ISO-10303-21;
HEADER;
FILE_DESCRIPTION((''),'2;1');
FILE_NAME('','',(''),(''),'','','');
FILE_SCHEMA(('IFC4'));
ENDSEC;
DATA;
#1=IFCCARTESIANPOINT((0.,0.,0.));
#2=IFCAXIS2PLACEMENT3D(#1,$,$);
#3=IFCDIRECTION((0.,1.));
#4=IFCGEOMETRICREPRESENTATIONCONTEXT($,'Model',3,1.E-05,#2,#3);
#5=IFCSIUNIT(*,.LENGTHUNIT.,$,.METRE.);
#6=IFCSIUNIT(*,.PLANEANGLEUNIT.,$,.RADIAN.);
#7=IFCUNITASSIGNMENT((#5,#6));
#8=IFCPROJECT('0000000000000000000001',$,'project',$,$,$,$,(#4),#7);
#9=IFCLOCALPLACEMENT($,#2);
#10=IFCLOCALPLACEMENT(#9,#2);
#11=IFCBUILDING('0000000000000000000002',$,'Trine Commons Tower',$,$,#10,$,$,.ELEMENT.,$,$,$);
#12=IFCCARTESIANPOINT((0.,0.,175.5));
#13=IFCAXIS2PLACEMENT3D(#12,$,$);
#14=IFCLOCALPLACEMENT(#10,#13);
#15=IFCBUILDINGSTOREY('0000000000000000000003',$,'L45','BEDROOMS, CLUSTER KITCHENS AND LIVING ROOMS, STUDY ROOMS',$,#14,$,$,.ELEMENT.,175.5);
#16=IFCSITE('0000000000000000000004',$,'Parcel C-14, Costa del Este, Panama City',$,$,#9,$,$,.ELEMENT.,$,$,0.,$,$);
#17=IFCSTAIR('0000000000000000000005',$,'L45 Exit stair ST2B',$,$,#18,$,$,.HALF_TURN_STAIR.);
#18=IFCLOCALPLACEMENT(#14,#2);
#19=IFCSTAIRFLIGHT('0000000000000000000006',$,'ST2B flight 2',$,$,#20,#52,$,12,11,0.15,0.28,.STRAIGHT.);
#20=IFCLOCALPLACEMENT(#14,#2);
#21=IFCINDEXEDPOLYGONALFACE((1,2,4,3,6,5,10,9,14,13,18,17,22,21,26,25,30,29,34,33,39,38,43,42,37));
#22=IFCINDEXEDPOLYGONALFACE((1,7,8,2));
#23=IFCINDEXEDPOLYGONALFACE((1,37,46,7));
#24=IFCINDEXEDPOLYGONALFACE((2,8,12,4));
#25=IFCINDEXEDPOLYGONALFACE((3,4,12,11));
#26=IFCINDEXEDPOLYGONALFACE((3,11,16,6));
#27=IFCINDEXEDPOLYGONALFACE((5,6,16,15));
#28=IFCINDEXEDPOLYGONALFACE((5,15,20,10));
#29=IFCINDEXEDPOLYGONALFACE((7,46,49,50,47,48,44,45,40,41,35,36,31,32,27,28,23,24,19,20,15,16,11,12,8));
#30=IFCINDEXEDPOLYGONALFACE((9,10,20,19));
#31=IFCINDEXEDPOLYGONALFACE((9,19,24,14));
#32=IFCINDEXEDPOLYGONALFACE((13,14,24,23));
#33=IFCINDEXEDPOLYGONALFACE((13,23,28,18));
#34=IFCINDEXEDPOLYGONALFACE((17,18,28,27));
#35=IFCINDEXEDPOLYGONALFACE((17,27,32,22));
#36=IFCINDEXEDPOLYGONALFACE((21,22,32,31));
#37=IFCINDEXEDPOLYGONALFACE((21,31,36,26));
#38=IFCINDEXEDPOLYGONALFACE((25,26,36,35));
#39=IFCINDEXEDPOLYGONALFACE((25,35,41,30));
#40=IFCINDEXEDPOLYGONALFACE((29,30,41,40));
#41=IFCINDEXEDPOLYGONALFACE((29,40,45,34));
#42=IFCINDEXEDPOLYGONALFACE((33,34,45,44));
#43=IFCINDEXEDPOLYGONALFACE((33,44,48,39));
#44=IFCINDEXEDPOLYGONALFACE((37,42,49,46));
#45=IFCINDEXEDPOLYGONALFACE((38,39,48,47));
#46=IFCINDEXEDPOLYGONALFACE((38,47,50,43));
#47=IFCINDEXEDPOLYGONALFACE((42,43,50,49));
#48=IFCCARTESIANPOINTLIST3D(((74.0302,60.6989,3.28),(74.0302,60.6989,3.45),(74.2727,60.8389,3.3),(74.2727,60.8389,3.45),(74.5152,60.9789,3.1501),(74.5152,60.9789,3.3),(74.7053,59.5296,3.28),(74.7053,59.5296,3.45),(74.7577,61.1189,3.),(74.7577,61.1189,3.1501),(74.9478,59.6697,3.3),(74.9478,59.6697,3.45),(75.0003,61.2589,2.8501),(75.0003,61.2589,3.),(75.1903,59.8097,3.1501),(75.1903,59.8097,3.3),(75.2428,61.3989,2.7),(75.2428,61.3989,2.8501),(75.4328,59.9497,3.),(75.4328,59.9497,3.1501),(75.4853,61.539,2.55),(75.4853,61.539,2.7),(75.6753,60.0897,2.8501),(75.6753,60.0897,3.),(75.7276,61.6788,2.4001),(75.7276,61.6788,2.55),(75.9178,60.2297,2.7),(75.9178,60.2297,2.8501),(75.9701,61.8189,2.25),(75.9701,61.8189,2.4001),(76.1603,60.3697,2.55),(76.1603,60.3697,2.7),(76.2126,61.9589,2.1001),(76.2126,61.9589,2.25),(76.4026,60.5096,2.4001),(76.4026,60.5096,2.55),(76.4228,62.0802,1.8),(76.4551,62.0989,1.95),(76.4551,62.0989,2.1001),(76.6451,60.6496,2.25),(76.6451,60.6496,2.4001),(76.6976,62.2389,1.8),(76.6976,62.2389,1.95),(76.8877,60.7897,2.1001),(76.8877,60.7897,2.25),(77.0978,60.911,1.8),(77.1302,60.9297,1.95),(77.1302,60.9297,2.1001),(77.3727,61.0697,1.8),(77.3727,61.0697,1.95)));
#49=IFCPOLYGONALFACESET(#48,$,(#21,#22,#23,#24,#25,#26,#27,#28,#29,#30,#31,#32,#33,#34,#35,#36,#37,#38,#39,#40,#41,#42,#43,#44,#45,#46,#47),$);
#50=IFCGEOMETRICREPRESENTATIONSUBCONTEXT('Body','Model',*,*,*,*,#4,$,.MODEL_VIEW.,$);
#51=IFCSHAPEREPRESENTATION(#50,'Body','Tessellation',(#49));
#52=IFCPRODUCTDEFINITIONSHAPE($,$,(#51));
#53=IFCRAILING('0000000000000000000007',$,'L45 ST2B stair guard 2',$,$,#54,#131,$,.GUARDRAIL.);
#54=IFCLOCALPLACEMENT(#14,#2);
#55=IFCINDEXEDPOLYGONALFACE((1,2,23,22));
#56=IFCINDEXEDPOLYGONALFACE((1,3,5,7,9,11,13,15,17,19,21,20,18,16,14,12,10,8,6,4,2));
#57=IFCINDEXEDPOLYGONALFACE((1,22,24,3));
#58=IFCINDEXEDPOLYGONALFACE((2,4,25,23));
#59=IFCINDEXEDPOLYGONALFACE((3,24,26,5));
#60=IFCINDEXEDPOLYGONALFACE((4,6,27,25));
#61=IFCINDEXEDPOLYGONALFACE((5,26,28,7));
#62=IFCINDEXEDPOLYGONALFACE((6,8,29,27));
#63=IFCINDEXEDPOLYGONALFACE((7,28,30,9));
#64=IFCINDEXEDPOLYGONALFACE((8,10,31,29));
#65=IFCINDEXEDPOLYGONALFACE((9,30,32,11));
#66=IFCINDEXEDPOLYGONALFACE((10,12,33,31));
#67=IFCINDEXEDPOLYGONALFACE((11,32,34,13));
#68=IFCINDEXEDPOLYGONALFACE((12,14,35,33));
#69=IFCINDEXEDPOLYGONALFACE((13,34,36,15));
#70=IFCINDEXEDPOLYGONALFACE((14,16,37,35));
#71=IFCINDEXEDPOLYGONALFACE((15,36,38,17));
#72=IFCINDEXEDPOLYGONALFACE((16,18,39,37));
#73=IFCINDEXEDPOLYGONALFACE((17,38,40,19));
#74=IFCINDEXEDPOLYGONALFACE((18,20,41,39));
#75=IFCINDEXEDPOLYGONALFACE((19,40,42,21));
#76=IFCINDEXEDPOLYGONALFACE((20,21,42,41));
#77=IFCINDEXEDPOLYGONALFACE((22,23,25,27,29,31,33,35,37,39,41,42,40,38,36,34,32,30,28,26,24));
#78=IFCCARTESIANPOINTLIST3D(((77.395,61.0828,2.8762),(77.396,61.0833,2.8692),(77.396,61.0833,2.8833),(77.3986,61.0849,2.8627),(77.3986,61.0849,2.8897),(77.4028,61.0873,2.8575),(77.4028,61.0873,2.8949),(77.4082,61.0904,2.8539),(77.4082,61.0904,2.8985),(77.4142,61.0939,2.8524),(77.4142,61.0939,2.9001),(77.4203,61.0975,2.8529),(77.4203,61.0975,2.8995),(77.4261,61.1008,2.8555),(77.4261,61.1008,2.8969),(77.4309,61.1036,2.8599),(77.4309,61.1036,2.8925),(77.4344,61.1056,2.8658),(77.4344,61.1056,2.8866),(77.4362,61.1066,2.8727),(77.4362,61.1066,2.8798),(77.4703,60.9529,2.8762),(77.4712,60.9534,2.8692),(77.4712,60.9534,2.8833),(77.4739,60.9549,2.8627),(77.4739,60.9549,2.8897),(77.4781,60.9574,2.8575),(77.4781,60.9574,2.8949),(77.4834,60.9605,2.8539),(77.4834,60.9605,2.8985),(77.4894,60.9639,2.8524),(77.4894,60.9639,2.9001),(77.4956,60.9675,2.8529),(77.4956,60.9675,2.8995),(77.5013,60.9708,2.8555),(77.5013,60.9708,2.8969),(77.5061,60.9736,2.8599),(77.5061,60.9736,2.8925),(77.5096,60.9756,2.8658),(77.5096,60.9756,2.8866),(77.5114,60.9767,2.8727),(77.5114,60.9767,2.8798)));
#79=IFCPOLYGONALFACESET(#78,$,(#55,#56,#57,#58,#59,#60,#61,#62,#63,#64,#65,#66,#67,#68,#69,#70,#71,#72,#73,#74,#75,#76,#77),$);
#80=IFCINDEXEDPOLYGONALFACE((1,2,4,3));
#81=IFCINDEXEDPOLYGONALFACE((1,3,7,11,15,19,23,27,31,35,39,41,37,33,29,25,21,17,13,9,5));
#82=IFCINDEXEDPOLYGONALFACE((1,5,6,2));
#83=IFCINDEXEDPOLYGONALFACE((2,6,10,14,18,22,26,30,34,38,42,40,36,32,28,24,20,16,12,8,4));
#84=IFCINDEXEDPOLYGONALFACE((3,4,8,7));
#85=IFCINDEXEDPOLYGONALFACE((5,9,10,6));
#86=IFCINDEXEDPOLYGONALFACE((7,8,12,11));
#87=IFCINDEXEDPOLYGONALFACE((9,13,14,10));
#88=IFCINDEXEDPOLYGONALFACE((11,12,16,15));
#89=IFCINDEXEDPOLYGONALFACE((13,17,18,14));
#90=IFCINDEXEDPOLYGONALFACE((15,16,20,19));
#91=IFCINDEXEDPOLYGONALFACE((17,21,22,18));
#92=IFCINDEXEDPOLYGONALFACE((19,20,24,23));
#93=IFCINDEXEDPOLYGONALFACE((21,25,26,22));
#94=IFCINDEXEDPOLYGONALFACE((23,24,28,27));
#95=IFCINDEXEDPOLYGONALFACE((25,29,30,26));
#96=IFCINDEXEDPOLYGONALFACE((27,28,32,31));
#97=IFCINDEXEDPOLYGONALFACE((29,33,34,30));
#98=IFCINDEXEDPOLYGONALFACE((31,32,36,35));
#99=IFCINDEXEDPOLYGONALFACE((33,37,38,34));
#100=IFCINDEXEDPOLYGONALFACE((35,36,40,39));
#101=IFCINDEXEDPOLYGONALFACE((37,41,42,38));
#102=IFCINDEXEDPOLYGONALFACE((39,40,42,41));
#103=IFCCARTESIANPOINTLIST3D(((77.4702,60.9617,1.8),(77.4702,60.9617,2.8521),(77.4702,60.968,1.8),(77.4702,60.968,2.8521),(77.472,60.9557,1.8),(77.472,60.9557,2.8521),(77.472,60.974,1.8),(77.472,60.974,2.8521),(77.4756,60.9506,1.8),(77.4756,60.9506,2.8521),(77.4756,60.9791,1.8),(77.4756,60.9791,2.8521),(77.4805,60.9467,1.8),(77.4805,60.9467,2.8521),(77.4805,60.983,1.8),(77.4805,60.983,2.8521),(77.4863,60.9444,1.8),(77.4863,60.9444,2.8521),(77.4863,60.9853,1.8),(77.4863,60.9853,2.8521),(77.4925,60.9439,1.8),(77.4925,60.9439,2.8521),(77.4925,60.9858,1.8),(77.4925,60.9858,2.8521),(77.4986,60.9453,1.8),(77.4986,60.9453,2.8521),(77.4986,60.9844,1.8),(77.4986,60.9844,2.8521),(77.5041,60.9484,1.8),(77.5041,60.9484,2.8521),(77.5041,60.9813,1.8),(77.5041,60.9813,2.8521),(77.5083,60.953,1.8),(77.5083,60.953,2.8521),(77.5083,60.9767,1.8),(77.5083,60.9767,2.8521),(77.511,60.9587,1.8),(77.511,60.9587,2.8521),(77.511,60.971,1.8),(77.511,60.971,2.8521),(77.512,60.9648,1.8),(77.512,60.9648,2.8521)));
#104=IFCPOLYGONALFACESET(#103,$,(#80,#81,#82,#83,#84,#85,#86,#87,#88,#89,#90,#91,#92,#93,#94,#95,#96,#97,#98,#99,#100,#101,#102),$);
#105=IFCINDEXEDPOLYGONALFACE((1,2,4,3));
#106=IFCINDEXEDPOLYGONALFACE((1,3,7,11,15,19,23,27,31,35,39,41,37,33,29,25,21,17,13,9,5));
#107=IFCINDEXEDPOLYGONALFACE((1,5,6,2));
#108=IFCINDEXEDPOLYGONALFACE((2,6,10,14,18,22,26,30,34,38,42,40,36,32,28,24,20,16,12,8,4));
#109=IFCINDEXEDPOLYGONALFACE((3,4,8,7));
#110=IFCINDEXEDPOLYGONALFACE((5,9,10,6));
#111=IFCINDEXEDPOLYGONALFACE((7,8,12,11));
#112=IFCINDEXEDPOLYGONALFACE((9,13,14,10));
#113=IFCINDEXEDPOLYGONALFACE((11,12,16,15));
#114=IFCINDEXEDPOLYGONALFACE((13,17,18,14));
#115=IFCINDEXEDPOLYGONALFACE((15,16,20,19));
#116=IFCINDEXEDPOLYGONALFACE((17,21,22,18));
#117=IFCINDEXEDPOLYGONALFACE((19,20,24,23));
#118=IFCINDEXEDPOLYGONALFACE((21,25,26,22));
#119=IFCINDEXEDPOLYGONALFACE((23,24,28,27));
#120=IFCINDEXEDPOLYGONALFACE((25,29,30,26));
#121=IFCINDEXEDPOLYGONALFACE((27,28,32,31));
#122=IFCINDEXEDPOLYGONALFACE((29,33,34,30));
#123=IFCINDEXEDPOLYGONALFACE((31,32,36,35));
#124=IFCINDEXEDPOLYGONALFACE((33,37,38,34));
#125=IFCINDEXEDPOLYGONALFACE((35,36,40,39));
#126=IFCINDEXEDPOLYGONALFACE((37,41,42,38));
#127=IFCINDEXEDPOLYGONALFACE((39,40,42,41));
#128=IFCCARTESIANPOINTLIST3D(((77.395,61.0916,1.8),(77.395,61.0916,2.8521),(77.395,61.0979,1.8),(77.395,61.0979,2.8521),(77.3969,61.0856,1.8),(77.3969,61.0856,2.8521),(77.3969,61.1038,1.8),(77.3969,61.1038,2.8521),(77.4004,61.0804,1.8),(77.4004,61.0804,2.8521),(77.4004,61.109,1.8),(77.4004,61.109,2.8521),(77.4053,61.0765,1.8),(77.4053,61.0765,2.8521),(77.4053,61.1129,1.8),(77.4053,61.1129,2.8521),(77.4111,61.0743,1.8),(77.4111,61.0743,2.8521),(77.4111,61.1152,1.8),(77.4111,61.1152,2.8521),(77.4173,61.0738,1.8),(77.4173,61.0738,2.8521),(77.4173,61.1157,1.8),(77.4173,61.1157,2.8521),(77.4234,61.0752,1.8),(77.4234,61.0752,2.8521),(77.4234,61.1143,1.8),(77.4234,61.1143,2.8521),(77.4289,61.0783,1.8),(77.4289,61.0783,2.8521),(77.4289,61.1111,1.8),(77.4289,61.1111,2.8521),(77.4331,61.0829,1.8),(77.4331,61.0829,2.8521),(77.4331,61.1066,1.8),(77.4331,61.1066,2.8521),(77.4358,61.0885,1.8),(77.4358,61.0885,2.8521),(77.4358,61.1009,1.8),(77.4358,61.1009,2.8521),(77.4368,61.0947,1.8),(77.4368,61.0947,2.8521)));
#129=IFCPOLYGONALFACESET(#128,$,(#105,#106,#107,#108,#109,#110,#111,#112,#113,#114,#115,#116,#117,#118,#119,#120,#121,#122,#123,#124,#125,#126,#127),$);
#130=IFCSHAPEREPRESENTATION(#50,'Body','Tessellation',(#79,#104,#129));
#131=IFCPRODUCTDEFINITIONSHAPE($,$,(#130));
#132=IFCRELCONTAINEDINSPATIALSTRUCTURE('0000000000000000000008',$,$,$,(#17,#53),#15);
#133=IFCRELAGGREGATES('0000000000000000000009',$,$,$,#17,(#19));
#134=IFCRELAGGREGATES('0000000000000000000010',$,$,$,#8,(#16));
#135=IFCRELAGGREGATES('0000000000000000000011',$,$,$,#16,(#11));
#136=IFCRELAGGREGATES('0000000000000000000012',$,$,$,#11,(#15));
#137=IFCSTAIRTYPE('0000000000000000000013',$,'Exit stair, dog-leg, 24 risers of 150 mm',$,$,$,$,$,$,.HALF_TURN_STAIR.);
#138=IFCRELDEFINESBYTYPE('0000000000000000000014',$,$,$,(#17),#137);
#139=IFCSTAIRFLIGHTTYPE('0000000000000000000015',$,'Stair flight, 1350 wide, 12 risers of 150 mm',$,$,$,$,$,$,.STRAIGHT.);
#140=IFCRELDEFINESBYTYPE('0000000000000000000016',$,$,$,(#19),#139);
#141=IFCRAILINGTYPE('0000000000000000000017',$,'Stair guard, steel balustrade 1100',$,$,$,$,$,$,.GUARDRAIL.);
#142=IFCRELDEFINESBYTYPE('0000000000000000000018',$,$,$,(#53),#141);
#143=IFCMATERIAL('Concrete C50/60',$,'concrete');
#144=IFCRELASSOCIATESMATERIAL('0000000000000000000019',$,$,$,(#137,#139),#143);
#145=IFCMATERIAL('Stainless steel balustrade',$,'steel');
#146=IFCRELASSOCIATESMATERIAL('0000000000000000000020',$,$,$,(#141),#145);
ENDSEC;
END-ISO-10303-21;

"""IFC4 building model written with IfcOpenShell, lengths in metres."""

from ifc_helpers import new_model, si_unit, direction, frame, origin, origin_2d, place, context, subcontext, project, spatial, polyline, circle, outline, extrude, material, type_object, element, aggregate, save


model = new_model("IFC4")

# Units and contexts
model_context = context("Model", 3, precision=1e-05, world=origin(), true_north=direction((0.0, 1.0)))
body_context = subcontext(model_context, "Body", "Model", "MODEL_VIEW")
ifc_project = project(units=[si_unit("LENGTHUNIT", "METRE"), si_unit("PLANEANGLEUNIT", "RADIAN")], contexts=[model_context])

# Site, building, storey
site_placement = place(None, origin())
site = spatial("IfcSite", under=ifc_project, at=site_placement, Name="Parcel C-14, Costa del Este, Panama City", CompositionType="ELEMENT", RefElevation=0.0)
building_placement = place(site_placement, origin())
building = spatial("IfcBuilding", under=site, at=building_placement, Name="Trine Commons Tower", CompositionType="ELEMENT")
storey_placement = place(building_placement, frame((0.0, 0.0, 175.5)))
storey = spatial("IfcBuildingStorey", under=building, at=storey_placement, Name="L45", Description="BEDROOMS, CLUSTER KITCHENS AND LIVING ROOMS, STUDY ROOMS", CompositionType="ELEMENT", Elevation=175.5)

# Stair, stair flight
ifc_material_1 = material(Name="Concrete C50/60", Category="concrete")
stair_type = type_object("IfcStairType", Name="Exit stair, dog-leg, 24 risers of 150 mm", PredefinedType="HALF_TURN_STAIR", material=ifc_material_1)
stair_placement = place(storey_placement, origin())
stair = element("IfcStair", 1, at=stair_placement, inside=storey, type_object=stair_type, Name="L45 Exit stair ST2B", PredefinedType="HALF_TURN_STAIR")
stair_flight_type = type_object("IfcStairFlightType", Name="Stair flight, 1350 wide, 12 risers of 150 mm", PredefinedType="STRAIGHT", material=ifc_material_1)
stair_flight_placement = place(storey_placement, frame((77.0352, 61.6543, 1.8), z_axis=(0.0, 0.0, 1.0), x_axis=(-0.866025, -0.5, 0.0)))
stair_flight = element("IfcStairFlight", 2, at=stair_flight_placement, type_object=stair_flight_type, Name="ST2B flight 2", NumberOfRisers=12, NumberOfTreads=11, PredefinedType="STRAIGHT", RiserHeight=0.15, TreadLength=0.28, context=body_context, shape_type="SweptSolid", body=[
    extrude(outline(polyline([(0.0, 0.0), (0.0, 0.1499), (0.28, 0.1499), (0.28, 0.3), (0.5601, 0.3), (0.5601, 0.45), (0.8401, 0.45), (0.8401, 0.6001), (1.1201, 0.6001), (1.1201, 0.75), (1.3999, 0.75), (1.3999, 0.8999), (1.6799, 0.8999), (1.6799, 1.05), (1.96, 1.05), (1.96, 1.2), (2.24, 1.2), (2.24, 1.3501), (2.52, 1.3501), (2.52, 1.5), (2.8, 1.5), (2.8, 1.6499), (3.0801, 1.6499), (3.0801, 1.8), (3.0801, 1.48), (0.3174, 0.0), (0.0, 0.0)])), frame((0.0, 0.675, 0.0), z_axis=(0.0, -1.0, 0.0), x_axis=(1.0, 0.0, 0.0)), (0.0, 0.0, 1.0), 1.3501),
])
aggregate(stair, [stair_flight])

# Railing
ifc_material_2 = material(Name="Stainless steel balustrade", Category="steel")
railing_type_1 = type_object("IfcRailingType", Name="Stair guard, steel balustrade 1100", PredefinedType="GUARDRAIL", material=ifc_material_2)
railing_1_placement = place(storey_placement, frame((77.491, 60.9648, 1.8)))
element("IfcRailing", 3, at=railing_1_placement, inside=storey, type_object=railing_type_1, Name="L45 ST2B stair guard 2", PredefinedType="GUARDRAIL", context=body_context, shape_type="SweptSolid", body=[
    extrude(circle(Radius=0.0239, at=origin_2d()), frame((0.0, 0.0, 1.0762), z_axis=(-0.501036, 0.865426, 0.0), x_axis=(-0.865426, -0.501036, 0.0)), (0.0, 0.0, 1.0), 0.1501),
    extrude(circle(Radius=0.021, at=origin_2d()), origin(), (0.0, 0.0, 1.0), 1.052),
    extrude(circle(Radius=0.021, at=origin_2d()), frame((-0.0752, 0.1299, 0.0)), (0.0, 0.0, 1.0), 1.052),
])

save(model, "model.ifc")
